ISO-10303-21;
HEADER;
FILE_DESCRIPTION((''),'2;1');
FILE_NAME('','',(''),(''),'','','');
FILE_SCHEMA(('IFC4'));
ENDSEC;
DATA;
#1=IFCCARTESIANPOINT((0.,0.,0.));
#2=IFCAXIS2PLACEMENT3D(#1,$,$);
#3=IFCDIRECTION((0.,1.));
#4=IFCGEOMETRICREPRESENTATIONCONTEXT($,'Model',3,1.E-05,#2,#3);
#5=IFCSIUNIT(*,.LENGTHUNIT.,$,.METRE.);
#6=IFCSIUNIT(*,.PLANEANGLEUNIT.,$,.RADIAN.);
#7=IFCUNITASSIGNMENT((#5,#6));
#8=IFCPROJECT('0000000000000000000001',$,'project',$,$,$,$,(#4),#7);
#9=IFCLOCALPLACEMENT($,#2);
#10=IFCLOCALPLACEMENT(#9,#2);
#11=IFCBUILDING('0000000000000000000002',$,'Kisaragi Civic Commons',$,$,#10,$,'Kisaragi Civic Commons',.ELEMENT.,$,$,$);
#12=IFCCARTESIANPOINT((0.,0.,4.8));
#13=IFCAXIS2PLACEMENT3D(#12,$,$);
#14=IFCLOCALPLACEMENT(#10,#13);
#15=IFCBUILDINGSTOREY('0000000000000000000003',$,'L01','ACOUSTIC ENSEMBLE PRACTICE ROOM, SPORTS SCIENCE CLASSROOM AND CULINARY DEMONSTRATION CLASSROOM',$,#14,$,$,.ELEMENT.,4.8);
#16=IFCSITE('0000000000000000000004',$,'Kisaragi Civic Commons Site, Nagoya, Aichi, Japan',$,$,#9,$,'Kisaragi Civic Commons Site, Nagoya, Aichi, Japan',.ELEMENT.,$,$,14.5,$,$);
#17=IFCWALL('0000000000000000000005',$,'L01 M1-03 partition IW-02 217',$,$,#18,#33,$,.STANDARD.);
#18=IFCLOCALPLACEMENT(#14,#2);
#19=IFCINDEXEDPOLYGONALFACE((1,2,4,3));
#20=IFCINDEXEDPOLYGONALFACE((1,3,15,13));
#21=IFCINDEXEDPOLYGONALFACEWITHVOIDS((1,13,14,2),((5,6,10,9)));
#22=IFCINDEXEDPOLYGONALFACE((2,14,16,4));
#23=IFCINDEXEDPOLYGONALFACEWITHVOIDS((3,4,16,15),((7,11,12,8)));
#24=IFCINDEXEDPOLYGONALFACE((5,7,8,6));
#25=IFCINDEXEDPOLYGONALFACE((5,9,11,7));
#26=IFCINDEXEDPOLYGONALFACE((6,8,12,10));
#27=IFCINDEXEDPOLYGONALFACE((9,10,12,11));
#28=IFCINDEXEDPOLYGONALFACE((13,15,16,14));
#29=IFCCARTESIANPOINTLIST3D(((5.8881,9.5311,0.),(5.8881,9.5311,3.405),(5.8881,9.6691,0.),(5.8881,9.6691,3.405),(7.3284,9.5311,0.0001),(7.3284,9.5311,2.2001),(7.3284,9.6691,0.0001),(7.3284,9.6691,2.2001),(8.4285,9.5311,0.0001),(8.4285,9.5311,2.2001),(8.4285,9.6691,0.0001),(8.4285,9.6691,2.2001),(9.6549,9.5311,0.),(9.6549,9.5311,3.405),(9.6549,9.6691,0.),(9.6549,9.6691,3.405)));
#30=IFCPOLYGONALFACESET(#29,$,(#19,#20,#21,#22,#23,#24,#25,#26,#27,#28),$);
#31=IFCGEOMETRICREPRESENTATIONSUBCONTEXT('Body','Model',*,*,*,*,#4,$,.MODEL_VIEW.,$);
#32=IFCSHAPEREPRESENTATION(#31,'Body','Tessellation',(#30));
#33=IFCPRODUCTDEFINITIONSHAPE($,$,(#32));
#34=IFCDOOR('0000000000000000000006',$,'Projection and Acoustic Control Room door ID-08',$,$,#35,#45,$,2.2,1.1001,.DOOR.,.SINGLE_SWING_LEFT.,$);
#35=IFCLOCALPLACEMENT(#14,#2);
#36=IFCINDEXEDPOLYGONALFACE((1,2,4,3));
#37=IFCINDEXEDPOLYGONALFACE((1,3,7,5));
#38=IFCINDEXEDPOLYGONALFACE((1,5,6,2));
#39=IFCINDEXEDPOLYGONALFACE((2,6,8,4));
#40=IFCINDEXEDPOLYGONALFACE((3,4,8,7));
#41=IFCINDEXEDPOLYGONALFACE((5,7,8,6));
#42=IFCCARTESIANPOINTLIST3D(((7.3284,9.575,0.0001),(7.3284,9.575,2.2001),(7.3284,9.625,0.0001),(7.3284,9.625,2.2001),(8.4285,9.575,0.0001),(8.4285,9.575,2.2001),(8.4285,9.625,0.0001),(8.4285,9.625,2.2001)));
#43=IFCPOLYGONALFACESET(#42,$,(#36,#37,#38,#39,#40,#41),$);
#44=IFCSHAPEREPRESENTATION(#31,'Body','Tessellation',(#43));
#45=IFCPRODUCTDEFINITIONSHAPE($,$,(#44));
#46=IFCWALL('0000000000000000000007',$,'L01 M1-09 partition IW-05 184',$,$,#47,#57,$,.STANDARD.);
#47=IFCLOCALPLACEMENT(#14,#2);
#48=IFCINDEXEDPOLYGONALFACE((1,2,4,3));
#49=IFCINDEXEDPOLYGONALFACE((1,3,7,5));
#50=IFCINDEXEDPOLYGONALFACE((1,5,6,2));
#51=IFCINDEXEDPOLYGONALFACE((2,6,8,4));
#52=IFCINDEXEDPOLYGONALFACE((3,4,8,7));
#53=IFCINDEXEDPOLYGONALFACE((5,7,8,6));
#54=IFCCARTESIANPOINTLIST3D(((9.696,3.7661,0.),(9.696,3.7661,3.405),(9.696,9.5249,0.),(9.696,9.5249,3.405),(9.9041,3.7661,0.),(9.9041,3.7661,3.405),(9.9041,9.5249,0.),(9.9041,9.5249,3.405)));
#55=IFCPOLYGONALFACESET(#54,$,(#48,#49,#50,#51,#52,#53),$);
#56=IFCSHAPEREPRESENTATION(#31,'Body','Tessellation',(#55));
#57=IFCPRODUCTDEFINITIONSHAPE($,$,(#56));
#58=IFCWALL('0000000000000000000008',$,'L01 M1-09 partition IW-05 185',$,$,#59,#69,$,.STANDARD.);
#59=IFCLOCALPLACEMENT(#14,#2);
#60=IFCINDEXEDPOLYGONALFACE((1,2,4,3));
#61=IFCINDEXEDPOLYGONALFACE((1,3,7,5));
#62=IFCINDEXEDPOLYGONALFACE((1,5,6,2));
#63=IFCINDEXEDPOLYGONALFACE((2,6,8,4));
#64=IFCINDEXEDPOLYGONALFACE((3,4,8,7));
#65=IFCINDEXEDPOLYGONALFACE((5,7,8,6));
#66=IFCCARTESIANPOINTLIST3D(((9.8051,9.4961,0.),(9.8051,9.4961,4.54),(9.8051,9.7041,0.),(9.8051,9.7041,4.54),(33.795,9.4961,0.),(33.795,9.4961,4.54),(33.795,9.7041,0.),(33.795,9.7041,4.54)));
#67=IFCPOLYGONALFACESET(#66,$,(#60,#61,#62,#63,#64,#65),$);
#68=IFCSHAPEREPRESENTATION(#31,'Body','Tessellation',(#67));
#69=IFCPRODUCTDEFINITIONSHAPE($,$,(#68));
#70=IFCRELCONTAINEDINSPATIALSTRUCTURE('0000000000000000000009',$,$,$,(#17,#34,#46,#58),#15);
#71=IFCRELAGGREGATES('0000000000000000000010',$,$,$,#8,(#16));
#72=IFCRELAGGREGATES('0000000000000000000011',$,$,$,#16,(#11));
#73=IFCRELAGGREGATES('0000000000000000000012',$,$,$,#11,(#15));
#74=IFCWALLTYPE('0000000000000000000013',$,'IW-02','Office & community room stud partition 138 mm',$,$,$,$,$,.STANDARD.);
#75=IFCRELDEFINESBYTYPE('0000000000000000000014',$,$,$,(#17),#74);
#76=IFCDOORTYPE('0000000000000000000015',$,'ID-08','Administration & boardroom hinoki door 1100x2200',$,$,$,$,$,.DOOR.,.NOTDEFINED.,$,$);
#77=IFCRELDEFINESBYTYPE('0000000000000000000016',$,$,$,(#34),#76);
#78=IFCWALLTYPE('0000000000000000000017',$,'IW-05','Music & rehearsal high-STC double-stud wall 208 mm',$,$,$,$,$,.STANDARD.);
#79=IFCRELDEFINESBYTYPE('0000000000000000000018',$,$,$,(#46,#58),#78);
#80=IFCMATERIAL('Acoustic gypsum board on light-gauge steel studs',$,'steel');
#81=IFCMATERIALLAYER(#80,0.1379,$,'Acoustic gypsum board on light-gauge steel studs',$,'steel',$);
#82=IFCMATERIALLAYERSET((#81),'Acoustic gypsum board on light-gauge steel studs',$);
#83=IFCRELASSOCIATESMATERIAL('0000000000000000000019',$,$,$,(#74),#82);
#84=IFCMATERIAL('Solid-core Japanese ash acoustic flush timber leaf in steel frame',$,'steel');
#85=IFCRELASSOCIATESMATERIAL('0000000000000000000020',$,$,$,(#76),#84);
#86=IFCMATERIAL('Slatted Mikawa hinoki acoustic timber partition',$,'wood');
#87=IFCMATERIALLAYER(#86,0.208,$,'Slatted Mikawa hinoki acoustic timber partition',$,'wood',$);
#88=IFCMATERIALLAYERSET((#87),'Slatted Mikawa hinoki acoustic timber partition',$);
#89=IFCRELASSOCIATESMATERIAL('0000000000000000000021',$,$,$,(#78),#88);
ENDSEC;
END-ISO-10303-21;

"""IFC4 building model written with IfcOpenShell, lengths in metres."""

from ifc_helpers import new_model, si_unit, direction, frame, frame_2d, origin, place, context, subcontext, project, spatial, rectangle, extrude, material, layer, layer_set, type_object, element, fill, save


model = new_model("IFC4")

# Units and contexts
model_context = context("Model", 3, precision=1e-05, world=origin(), true_north=direction((0.0, 1.0)))
body_context = subcontext(model_context, "Body", "Model", "MODEL_VIEW")
ifc_project = project(units=[si_unit("LENGTHUNIT", "METRE"), si_unit("PLANEANGLEUNIT", "RADIAN")], contexts=[model_context])

# Site, building, storey
site_placement = place(None, origin())
site = spatial("IfcSite", under=ifc_project, at=site_placement, Name="Kisaragi Civic Commons Site, Nagoya, Aichi, Japan", LongName="Kisaragi Civic Commons Site, Nagoya, Aichi, Japan", CompositionType="ELEMENT", RefElevation=14.5)
building_placement = place(site_placement, origin())
building = spatial("IfcBuilding", under=site, at=building_placement, Name="Kisaragi Civic Commons", LongName="Kisaragi Civic Commons", CompositionType="ELEMENT")
storey_placement = place(building_placement, frame((0.0, 0.0, 4.8)))
storey = spatial("IfcBuildingStorey", under=building, at=storey_placement, Name="L01", Description="ACOUSTIC ENSEMBLE PRACTICE ROOM, SPORTS SCIENCE CLASSROOM AND CULINARY DEMONSTRATION CLASSROOM", CompositionType="ELEMENT", Elevation=4.8)

# Wall, opening, door
ifc_material_1 = material(Name="Acoustic gypsum board on light-gauge steel studs", Category="steel")
ifc_layer_1 = layer(ifc_material_1, 0.1379, Name="Acoustic gypsum board on light-gauge steel studs", Category="steel")
ifc_layer_set_1 = layer_set([ifc_layer_1], Name="Acoustic gypsum board on light-gauge steel studs")
wall_type_1 = type_object("IfcWallType", Name="IW-02", Description="Office & community room stud partition 138 mm", PredefinedType="STANDARD", material=ifc_layer_set_1)
wall_1_placement = place(storey_placement, frame((5.8882, 9.6001, 0.0), z_axis=(0.0, 0.0, 1.0), x_axis=(1.0, 0.0, 0.0)))
wall_1 = element("IfcWall", 1, at=wall_1_placement, inside=storey, type_object=wall_type_1, Name="L01 M1-03 partition IW-02 217", PredefinedType="STANDARD", context=body_context, shape_type="SweptSolid", body=[
    extrude(rectangle(XDim=3.7668, YDim=0.1379, at=frame_2d((1.8833, 0.0))), origin(), (0.0, 0.0, 1.0), 3.405),
])
opening_1_placement = place(wall_1_placement, frame((1.4402, 0.0, 0.0)))
opening_1 = element("IfcOpeningElement", 2, at=opening_1_placement, cuts=wall_1, PredefinedType="OPENING", context=body_context, shape_type="SweptSolid", body=[
    extrude(rectangle(XDim=1.1001, YDim=2.2, at=frame_2d((0.55, 1.1001))), frame((0.0, 0.0789, 0.0), z_axis=(0.0, -1.0, 0.0), x_axis=(1.0, 0.0, 0.0)), (0.0, 0.0, 1.0), 0.158),
])
ifc_material_2 = material(Name="Solid-core Japanese ash acoustic flush timber leaf in steel frame", Category="steel")
door_type = type_object("IfcDoorType", Name="ID-08", Description="Administration & boardroom hinoki door 1100x2200", OperationType="NOTDEFINED", PredefinedType="DOOR", material=ifc_material_2)
door_placement = place(opening_1_placement, origin())
door = element("IfcDoor", 3, at=door_placement, inside=storey, type_object=door_type, Name="Projection and Acoustic Control Room door ID-08", OperationType="SINGLE_SWING_LEFT", OverallHeight=2.2, OverallWidth=1.1001, PredefinedType="DOOR", context=body_context, shape_type="SweptSolid", body=[
    extrude(rectangle(XDim=1.1001, YDim=2.2, at=frame_2d((0.55, 1.1001))), frame((0.0, 0.0249, 0.0), z_axis=(0.0, -1.0, 0.0), x_axis=(1.0, 0.0, 0.0)), (0.0, 0.0, 1.0), 0.05),
])
fill(opening_1, door)

# Walls
ifc_material_3 = material(Name="Slatted Mikawa hinoki acoustic timber partition", Category="wood")
ifc_layer_2 = layer(ifc_material_3, 0.208, Name="Slatted Mikawa hinoki acoustic timber partition", Category="wood")
ifc_layer_set_2 = layer_set([ifc_layer_2], Name="Slatted Mikawa hinoki acoustic timber partition")
wall_type_2 = type_object("IfcWallType", Name="IW-05", Description="Music & rehearsal high-STC double-stud wall 208 mm", PredefinedType="STANDARD", material=ifc_layer_set_2)
wall_2_placement = place(storey_placement, frame((9.8, 3.7661, 0.0), z_axis=(0.0, 0.0, 1.0), x_axis=(0.0, 1.0, 0.0)))
element("IfcWall", 4, at=wall_2_placement, inside=storey, type_object=wall_type_2, Name="L01 M1-09 partition IW-05 184", PredefinedType="STANDARD", context=body_context, shape_type="SweptSolid", body=[
    extrude(rectangle(XDim=5.7588, YDim=0.208, at=frame_2d((2.8794, 0.0))), origin(), (0.0, 0.0, 1.0), 3.405),
])
wall_3_placement = place(storey_placement, frame((9.8049, 9.6001, 0.0), z_axis=(0.0, 0.0, 1.0), x_axis=(1.0, 0.0, 0.0)))
element("IfcWall", 5, at=wall_3_placement, inside=storey, type_object=wall_type_2, Name="L01 M1-09 partition IW-05 185", PredefinedType="STANDARD", context=body_context, shape_type="SweptSolid", body=[
    extrude(rectangle(XDim=23.99, YDim=0.208, at=frame_2d((11.9951, 0.0))), origin(), (0.0, 0.0, 1.0), 4.54),
])

save(model, "model.ifc")
